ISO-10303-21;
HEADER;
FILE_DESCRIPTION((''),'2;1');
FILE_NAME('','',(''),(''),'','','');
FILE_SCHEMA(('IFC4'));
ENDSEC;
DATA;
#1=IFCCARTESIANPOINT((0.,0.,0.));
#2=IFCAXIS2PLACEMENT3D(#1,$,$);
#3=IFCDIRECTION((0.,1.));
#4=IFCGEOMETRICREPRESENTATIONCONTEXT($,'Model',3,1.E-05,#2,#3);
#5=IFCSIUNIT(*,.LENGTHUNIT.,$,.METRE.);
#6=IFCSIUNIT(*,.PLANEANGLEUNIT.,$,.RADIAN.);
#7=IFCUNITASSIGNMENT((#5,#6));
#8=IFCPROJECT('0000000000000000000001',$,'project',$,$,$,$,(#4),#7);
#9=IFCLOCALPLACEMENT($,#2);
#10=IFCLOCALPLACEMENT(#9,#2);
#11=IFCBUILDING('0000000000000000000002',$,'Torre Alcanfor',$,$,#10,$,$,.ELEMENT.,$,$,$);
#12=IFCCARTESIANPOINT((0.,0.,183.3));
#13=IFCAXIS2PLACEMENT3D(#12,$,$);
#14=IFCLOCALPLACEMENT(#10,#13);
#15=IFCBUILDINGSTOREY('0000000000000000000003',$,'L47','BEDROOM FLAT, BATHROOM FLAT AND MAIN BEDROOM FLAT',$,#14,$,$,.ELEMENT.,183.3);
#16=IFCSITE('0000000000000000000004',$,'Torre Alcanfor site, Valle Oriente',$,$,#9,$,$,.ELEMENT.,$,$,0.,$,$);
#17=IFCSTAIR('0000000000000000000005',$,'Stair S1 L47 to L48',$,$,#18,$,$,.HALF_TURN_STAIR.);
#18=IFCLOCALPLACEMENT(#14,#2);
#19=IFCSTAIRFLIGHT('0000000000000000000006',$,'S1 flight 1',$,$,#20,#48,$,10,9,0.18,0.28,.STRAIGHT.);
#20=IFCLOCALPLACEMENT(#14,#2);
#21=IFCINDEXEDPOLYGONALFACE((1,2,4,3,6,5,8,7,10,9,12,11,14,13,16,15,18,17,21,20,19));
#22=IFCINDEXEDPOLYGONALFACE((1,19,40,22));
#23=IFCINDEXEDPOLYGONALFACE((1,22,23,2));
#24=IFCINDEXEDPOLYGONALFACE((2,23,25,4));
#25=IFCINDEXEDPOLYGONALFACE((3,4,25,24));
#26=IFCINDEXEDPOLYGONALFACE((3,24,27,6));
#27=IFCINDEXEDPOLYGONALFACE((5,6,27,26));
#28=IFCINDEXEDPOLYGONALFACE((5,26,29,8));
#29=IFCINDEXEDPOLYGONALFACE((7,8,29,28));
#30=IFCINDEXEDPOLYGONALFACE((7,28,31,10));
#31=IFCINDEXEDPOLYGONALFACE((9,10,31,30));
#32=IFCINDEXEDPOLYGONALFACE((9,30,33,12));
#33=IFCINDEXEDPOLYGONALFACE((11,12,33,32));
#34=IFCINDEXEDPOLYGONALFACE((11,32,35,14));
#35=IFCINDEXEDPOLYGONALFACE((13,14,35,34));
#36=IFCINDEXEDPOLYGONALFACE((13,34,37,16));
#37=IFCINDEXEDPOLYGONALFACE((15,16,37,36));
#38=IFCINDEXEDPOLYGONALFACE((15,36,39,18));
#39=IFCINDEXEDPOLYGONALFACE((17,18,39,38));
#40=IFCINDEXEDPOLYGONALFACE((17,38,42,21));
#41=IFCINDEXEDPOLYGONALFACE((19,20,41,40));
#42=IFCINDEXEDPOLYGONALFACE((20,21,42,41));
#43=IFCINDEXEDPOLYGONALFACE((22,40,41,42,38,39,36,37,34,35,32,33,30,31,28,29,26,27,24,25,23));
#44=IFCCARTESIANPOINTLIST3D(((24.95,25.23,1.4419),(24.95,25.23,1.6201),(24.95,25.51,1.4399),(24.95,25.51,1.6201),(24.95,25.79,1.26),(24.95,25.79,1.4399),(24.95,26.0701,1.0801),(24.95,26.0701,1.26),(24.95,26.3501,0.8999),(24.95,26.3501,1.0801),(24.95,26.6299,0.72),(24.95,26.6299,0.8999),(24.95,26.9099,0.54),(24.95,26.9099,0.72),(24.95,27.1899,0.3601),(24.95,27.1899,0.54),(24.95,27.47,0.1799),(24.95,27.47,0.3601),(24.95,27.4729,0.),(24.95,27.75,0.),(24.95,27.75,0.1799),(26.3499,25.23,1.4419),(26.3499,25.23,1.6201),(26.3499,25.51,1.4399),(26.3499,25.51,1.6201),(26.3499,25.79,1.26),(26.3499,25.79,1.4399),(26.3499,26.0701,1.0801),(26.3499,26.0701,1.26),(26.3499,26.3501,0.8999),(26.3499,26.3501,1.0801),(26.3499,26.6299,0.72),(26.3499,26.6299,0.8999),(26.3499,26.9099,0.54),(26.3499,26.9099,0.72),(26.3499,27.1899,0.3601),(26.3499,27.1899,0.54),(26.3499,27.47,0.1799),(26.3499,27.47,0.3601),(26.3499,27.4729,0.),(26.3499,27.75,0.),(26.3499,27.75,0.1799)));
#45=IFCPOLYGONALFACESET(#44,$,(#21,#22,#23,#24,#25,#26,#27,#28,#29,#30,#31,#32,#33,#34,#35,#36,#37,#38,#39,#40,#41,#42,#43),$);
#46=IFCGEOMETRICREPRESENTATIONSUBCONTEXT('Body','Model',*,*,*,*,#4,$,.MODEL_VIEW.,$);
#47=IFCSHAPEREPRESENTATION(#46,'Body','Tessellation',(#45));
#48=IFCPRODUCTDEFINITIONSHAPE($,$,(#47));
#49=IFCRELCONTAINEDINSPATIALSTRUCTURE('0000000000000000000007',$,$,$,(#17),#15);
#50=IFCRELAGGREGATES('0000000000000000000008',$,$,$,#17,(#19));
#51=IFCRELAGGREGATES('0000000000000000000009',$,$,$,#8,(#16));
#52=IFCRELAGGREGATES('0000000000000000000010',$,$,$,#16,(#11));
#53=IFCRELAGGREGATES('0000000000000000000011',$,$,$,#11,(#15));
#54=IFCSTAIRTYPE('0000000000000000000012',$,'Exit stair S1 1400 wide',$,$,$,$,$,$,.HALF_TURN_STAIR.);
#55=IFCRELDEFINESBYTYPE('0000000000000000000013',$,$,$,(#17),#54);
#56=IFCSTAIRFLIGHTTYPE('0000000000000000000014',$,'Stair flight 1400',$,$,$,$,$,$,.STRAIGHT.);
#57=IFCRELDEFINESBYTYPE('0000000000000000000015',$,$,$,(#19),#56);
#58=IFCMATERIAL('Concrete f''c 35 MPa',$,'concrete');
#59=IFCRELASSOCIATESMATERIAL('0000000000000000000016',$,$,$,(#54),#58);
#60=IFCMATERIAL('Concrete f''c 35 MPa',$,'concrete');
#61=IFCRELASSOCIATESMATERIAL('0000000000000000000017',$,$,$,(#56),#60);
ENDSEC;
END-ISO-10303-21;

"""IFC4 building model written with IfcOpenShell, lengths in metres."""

from ifc_helpers import new_model, si_unit, direction, frame, origin, place, context, subcontext, project, spatial, polyline, outline, extrude, material, type_object, element, aggregate, save


model = new_model("IFC4")

# Units and contexts
model_context = context("Model", 3, precision=1e-05, world=origin(), true_north=direction((0.0, 1.0)))
body_context = subcontext(model_context, "Body", "Model", "MODEL_VIEW")
ifc_project = project(units=[si_unit("LENGTHUNIT", "METRE"), si_unit("PLANEANGLEUNIT", "RADIAN")], contexts=[model_context])

# Site, building, storey
site_placement = place(None, origin())
site = spatial("IfcSite", under=ifc_project, at=site_placement, Name="Torre Alcanfor site, Valle Oriente", CompositionType="ELEMENT", RefElevation=0.0)
building_placement = place(site_placement, origin())
building = spatial("IfcBuilding", under=site, at=building_placement, Name="Torre Alcanfor", CompositionType="ELEMENT")
storey_placement = place(building_placement, frame((0.0, 0.0, 183.3)))
storey = spatial("IfcBuildingStorey", under=building, at=storey_placement, Name="L47", Description="BEDROOM FLAT, BATHROOM FLAT AND MAIN BEDROOM FLAT", CompositionType="ELEMENT", Elevation=183.3)

# Stair, stair flight
ifc_material_1 = material(Name="Concrete f'c 35 MPa", Category="concrete")
stair_type = type_object("IfcStairType", Name="Exit stair S1 1400 wide", PredefinedType="HALF_TURN_STAIR", material=ifc_material_1)
stair_placement = place(storey_placement, origin())
stair = element("IfcStair", 1, at=stair_placement, inside=storey, type_object=stair_type, Name="Stair S1 L47 to L48", PredefinedType="HALF_TURN_STAIR")
ifc_material_2 = material(Name="Concrete f'c 35 MPa", Category="concrete")
stair_flight_type = type_object("IfcStairFlightType", Name="Stair flight 1400", PredefinedType="STRAIGHT", material=ifc_material_2)
stair_flight_placement = place(storey_placement, frame((25.6499, 27.75, 0.0), z_axis=(0.0, 0.0, 1.0), x_axis=(0.0, -1.0, 0.0)))
stair_flight = element("IfcStairFlight", 2, at=stair_flight_placement, type_object=stair_flight_type, Name="S1 flight 1", NumberOfRisers=10, NumberOfTreads=9, PredefinedType="STRAIGHT", RiserHeight=0.18, TreadLength=0.28, context=body_context, shape_type="SweptSolid", body=[
    extrude(outline(polyline([(0.0, 0.0), (0.0, 0.1799), (0.28, 0.1799), (0.28, 0.3601), (0.5601, 0.3601), (0.5601, 0.54), (0.8401, 0.54), (0.8401, 0.72), (1.1201, 0.72), (1.1201, 0.8999), (1.3999, 0.8999), (1.3999, 1.0801), (1.6799, 1.0801), (1.6799, 1.26), (1.96, 1.26), (1.96, 1.4399), (2.24, 1.4399), (2.24, 1.6201), (2.52, 1.6201), (2.52, 1.8), (2.52, 1.4419), (0.2771, 0.0), (0.0, 0.0)])), frame((0.0, 0.7, 0.0), z_axis=(0.0, -1.0, 0.0), x_axis=(1.0, 0.0, 0.0)), (0.0, 0.0, 1.0), 1.3999),
])
aggregate(stair, [stair_flight])

save(model, "model.ifc")
